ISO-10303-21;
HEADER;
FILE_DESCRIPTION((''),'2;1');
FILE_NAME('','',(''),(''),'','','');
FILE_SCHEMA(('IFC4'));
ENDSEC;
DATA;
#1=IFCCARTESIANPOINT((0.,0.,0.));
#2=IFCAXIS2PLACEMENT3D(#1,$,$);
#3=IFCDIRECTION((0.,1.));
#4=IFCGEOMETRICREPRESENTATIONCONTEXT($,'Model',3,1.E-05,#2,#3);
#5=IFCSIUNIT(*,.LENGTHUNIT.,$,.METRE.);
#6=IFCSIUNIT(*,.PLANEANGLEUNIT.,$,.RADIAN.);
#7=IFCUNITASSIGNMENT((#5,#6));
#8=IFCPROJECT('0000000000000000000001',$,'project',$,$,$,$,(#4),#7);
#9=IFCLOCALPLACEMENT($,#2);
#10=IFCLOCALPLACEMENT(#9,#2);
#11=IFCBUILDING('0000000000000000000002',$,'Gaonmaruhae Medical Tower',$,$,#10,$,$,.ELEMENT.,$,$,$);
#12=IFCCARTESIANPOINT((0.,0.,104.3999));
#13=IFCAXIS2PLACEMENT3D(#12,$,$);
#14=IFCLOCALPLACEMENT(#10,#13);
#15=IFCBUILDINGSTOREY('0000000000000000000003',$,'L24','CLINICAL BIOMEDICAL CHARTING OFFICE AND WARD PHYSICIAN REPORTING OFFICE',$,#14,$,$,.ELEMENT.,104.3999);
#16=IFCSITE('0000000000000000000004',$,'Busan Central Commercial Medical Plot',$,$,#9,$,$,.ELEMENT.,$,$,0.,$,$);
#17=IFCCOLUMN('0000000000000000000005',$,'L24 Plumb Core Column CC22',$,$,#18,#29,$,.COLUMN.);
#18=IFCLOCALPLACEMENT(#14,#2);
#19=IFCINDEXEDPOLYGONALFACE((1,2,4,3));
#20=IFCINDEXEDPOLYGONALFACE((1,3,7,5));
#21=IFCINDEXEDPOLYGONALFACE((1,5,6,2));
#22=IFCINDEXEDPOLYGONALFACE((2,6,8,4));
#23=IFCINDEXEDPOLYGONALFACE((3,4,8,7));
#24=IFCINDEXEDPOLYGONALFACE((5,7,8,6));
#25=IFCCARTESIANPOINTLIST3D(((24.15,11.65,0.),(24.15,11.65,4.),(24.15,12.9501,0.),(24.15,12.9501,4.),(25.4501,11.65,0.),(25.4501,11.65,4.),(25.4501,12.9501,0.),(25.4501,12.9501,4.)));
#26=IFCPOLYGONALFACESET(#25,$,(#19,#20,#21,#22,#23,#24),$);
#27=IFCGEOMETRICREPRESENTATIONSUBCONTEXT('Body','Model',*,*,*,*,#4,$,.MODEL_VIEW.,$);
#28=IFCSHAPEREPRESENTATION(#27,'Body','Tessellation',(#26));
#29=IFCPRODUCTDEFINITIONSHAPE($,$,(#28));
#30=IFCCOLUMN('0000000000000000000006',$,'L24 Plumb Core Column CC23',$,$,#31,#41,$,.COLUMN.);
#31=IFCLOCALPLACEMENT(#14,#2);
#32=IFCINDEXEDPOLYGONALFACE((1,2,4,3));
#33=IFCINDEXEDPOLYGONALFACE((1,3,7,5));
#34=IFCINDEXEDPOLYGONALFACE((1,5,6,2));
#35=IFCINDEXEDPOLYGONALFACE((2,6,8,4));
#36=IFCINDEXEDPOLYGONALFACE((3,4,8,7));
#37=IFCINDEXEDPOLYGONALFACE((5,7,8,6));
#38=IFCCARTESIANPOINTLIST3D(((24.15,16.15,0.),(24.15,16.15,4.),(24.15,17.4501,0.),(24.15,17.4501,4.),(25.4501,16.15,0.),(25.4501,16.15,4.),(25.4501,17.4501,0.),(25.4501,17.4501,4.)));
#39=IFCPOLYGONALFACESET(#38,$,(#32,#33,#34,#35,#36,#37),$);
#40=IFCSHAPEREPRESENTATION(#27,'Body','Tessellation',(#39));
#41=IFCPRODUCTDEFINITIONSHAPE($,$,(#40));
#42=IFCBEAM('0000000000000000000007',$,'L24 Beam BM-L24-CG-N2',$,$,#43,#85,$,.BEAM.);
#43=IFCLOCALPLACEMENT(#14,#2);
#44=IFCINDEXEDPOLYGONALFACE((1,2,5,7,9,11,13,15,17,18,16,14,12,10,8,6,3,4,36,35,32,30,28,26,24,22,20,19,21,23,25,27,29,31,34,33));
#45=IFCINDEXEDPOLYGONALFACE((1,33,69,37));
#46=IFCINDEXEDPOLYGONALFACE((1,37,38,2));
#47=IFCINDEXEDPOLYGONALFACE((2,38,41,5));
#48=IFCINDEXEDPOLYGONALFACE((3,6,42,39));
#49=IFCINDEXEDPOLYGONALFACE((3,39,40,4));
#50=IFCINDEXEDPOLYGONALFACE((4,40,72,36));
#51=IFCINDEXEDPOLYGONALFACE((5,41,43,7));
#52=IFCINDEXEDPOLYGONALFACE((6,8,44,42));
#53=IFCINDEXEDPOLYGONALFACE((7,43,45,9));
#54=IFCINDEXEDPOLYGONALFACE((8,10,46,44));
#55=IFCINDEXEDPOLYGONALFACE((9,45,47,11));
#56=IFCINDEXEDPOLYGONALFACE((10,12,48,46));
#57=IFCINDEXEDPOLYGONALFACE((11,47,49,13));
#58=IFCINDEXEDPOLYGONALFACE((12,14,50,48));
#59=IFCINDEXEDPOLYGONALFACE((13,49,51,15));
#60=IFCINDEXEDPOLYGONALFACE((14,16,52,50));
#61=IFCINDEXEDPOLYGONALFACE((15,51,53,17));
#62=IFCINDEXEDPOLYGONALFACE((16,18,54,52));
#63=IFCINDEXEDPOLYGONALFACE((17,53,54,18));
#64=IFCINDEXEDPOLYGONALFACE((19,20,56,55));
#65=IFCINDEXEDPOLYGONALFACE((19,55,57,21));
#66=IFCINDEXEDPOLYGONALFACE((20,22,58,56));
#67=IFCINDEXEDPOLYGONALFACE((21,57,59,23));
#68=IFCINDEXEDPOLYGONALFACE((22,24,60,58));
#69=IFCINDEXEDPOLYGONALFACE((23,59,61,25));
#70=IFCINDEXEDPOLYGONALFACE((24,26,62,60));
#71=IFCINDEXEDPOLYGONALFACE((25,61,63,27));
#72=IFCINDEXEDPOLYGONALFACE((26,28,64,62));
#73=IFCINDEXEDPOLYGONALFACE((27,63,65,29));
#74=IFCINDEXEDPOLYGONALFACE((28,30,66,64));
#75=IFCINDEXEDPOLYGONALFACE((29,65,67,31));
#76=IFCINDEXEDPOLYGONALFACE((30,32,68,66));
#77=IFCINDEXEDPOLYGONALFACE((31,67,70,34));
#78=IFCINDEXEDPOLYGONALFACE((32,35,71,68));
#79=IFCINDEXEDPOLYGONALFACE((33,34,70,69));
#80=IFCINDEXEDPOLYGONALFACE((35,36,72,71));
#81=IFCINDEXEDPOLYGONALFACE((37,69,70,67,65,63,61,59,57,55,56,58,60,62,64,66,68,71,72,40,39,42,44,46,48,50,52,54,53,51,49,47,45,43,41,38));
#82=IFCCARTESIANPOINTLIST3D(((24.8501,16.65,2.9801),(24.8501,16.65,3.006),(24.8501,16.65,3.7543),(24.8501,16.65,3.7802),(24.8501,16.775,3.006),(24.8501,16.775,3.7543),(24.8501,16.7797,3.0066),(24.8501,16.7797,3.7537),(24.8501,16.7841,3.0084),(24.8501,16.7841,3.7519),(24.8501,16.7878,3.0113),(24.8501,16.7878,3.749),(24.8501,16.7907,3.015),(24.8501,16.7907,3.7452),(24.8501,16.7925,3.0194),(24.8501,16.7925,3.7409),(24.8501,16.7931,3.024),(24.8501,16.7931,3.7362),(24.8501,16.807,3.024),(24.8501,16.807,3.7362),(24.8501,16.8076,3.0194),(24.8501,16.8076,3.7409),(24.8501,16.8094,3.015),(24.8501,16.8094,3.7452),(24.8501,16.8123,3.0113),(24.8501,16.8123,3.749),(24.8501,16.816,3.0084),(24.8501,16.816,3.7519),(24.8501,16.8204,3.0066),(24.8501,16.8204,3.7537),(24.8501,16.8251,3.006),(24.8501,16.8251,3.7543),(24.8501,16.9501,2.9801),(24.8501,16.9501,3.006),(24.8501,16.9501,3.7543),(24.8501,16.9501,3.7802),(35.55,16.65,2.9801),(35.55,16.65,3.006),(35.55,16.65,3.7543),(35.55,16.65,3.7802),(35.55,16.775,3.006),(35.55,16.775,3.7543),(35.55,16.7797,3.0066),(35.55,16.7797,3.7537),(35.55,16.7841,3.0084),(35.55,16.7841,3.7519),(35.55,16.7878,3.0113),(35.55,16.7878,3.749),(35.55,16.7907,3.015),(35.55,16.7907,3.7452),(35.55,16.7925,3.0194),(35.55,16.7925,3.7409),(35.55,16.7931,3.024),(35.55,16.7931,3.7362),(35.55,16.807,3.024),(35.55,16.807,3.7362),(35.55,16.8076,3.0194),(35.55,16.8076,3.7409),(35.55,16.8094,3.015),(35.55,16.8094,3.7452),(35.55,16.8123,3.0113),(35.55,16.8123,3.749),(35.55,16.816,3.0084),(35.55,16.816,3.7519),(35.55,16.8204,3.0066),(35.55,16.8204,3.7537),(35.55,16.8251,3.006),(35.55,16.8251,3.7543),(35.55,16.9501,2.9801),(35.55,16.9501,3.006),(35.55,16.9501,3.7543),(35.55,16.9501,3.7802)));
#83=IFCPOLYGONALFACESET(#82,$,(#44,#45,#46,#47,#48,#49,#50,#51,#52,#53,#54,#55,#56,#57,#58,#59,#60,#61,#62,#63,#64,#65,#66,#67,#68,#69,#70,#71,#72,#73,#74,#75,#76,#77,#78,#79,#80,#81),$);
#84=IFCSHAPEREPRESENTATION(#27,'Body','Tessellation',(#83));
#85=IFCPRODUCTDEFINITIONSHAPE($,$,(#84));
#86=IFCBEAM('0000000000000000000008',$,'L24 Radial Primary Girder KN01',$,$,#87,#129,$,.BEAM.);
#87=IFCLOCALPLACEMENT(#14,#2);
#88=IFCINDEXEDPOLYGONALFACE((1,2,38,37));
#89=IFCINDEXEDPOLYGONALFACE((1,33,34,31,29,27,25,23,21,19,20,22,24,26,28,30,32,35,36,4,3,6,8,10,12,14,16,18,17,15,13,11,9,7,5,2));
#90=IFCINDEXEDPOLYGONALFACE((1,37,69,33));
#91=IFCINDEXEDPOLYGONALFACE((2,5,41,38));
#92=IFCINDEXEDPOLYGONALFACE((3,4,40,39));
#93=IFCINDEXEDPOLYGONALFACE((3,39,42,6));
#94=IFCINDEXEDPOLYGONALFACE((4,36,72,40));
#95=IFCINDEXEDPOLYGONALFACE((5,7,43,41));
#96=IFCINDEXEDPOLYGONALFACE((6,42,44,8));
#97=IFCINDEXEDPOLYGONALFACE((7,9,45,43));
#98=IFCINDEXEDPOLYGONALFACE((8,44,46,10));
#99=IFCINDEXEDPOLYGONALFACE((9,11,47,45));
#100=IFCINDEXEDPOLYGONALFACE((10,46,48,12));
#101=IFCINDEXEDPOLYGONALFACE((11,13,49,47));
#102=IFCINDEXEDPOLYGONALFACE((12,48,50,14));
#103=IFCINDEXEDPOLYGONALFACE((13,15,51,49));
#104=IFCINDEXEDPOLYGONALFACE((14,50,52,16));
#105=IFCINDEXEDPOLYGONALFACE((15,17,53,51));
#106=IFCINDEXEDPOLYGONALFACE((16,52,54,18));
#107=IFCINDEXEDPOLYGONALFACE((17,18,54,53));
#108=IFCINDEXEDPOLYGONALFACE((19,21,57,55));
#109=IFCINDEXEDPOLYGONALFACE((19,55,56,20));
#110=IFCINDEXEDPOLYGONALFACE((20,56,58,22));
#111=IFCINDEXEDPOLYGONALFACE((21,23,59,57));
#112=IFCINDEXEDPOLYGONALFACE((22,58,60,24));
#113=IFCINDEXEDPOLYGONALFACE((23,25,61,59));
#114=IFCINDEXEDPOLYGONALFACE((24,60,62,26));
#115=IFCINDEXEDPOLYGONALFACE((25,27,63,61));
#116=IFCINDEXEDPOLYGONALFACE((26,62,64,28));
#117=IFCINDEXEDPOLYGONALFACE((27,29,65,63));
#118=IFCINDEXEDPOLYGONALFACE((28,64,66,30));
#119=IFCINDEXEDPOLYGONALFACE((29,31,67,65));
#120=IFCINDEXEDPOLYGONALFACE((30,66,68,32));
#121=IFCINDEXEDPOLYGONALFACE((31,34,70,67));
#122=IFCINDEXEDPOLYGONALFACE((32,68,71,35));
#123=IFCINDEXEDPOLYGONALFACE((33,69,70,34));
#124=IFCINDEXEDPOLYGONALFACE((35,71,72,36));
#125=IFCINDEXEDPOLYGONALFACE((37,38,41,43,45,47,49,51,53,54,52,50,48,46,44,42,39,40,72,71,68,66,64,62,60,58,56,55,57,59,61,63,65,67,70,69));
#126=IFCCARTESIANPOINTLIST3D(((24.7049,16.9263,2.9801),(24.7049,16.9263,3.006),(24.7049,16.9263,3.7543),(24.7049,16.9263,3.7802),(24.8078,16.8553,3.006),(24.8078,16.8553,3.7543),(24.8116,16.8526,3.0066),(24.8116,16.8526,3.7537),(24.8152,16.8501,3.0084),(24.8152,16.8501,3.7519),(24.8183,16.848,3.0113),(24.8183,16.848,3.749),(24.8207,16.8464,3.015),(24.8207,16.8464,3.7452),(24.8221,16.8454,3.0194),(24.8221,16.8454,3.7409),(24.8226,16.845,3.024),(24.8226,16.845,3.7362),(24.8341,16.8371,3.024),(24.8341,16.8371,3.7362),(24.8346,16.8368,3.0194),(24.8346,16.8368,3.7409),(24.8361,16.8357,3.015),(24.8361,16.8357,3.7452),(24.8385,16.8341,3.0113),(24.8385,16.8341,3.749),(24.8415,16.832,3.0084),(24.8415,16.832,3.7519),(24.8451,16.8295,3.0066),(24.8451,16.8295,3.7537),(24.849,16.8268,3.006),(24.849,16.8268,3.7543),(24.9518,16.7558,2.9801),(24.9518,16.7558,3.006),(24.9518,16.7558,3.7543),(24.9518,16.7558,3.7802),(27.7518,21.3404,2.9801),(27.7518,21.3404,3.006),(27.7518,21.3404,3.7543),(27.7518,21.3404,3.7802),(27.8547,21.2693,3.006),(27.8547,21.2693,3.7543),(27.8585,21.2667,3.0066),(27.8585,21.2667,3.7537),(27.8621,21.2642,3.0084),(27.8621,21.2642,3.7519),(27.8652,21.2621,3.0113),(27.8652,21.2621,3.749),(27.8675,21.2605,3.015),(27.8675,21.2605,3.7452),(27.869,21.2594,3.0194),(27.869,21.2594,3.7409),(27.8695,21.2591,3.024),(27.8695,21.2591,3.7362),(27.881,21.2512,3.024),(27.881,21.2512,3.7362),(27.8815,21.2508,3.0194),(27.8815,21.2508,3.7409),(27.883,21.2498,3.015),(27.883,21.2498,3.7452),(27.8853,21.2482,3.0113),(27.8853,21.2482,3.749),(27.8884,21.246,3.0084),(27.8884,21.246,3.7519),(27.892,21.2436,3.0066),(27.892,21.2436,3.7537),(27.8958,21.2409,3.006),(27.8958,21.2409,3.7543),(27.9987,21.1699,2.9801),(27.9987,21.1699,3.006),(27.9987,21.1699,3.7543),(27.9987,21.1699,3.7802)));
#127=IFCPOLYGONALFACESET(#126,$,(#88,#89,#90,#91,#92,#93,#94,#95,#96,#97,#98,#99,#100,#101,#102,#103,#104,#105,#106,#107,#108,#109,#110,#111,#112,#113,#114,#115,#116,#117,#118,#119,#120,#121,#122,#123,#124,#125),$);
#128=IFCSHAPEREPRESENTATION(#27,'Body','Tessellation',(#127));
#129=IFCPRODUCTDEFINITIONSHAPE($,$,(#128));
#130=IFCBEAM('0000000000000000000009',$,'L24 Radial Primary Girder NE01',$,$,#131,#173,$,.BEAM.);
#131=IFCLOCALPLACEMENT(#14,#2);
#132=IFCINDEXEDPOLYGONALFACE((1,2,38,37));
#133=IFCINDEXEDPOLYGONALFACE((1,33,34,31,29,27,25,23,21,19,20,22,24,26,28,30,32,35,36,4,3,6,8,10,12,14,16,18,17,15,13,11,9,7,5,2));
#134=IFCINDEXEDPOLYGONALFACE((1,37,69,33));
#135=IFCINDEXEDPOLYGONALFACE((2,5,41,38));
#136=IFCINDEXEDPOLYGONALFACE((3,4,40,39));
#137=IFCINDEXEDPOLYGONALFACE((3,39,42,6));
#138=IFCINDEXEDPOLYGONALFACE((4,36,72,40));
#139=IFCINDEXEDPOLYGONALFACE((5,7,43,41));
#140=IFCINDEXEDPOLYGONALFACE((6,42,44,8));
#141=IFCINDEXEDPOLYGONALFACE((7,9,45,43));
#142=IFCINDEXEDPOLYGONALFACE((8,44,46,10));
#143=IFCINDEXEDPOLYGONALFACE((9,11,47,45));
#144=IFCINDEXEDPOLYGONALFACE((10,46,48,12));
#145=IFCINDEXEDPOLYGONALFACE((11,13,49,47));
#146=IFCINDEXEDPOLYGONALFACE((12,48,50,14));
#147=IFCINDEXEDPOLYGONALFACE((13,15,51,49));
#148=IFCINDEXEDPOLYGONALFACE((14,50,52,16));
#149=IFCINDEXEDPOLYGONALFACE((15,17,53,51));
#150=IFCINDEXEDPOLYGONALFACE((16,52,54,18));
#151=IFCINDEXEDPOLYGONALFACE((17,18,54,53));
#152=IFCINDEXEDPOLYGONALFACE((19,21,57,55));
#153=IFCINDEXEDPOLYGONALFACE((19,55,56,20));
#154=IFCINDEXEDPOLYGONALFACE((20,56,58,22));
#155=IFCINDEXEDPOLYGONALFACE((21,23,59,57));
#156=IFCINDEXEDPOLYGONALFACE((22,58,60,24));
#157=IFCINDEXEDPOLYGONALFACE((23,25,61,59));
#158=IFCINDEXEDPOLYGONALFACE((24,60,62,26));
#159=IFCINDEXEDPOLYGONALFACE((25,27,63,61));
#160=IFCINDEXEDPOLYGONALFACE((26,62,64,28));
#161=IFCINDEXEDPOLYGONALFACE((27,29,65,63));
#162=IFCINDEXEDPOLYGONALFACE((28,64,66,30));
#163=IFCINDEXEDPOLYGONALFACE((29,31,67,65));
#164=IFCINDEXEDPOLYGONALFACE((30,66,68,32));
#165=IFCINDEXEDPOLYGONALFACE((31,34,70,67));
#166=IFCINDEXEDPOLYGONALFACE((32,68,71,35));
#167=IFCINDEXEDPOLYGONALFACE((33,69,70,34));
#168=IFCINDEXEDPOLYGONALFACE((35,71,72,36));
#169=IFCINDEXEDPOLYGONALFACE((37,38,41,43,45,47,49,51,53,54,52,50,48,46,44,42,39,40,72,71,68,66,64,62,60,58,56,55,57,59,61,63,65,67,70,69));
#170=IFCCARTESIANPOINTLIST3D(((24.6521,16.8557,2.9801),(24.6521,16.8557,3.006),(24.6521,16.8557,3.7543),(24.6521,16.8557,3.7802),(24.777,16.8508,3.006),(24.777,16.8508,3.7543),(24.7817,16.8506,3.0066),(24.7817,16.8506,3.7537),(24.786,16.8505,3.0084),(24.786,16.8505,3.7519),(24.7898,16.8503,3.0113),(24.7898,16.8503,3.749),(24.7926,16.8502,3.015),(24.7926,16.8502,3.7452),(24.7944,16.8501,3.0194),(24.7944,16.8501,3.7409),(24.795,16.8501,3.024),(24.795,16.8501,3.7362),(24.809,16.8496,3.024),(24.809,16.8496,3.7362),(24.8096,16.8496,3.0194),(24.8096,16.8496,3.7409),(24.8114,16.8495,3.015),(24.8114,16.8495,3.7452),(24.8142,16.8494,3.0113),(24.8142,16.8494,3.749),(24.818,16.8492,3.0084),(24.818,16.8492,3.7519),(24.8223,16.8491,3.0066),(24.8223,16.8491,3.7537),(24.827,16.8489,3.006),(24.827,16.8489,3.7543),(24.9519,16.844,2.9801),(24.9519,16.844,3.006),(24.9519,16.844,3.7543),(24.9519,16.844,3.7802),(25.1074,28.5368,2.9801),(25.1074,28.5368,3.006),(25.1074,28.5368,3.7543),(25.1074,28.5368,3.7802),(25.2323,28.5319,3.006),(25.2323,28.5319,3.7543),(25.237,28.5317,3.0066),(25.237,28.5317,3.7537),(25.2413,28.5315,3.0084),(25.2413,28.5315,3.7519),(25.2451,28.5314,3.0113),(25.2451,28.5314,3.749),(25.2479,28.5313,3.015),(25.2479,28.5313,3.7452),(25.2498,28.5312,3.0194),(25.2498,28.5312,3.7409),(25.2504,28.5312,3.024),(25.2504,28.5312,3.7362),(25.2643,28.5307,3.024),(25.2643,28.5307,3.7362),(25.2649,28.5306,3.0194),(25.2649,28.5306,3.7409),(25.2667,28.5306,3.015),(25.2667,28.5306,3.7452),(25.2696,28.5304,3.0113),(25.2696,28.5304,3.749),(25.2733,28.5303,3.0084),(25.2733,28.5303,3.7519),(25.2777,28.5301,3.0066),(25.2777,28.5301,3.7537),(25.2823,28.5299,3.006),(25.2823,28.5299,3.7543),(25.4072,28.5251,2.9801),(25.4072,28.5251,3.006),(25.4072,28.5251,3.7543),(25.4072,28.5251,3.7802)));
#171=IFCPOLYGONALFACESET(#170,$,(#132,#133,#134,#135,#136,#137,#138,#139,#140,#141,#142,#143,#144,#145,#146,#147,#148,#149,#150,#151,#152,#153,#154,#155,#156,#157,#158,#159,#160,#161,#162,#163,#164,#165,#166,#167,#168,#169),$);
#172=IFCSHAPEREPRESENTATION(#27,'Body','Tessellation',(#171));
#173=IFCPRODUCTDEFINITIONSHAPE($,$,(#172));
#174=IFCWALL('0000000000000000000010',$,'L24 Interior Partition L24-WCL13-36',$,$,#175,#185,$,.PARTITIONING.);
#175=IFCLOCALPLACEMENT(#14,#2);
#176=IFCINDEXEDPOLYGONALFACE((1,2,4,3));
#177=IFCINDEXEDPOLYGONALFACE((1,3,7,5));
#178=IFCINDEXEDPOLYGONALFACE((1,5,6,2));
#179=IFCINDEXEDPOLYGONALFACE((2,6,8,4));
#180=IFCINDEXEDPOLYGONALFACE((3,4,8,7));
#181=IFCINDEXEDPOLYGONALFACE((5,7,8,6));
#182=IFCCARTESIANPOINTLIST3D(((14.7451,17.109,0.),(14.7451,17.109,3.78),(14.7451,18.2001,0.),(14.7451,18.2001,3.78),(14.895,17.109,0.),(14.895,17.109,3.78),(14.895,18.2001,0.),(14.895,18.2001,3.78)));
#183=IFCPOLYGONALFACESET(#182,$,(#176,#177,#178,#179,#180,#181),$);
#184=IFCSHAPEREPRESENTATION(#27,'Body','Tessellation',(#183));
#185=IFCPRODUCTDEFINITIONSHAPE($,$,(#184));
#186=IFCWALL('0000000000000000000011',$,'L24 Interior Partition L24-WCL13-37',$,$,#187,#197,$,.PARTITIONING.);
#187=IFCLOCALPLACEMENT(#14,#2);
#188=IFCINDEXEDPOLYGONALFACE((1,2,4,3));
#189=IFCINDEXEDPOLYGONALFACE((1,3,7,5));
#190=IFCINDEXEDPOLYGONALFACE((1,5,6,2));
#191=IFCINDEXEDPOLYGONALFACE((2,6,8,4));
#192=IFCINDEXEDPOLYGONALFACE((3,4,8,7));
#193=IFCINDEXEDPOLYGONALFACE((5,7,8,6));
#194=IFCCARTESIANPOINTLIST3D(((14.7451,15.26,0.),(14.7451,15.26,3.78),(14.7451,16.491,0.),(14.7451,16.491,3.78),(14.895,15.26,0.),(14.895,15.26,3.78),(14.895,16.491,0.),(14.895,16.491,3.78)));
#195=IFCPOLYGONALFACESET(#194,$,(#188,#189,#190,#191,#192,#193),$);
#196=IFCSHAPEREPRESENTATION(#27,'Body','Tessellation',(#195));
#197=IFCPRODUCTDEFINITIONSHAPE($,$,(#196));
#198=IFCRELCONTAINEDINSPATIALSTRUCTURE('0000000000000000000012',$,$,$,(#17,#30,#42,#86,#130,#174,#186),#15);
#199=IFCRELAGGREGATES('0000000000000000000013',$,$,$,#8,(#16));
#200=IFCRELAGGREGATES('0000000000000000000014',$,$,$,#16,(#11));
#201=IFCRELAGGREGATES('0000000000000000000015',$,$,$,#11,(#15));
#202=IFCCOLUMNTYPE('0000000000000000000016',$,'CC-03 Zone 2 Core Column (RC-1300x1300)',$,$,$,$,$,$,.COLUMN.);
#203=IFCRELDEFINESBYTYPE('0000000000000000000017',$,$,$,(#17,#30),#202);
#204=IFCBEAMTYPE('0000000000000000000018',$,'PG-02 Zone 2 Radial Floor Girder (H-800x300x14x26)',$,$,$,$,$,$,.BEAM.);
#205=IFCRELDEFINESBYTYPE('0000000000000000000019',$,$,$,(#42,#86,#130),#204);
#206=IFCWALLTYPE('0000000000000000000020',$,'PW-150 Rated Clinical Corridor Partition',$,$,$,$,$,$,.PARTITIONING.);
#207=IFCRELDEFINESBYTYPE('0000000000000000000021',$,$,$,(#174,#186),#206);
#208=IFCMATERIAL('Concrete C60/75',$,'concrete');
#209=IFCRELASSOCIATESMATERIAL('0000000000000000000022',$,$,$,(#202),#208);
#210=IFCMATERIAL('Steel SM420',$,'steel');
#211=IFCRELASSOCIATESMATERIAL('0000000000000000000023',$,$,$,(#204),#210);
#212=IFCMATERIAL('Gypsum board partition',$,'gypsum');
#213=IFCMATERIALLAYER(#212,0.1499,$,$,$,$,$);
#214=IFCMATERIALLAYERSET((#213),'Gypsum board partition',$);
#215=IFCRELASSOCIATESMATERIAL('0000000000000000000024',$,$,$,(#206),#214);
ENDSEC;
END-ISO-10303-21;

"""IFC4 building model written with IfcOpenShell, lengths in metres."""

from ifc_helpers import new_model, si_unit, direction, frame, frame_2d, origin, origin_2d, place, context, subcontext, project, spatial, rectangle, i_section, extrude, material, layer, layer_set, material_profile, profile_set, type_object, element, save


model = new_model("IFC4")

# Units and contexts
model_context = context("Model", 3, precision=1e-05, world=origin(), true_north=direction((0.0, 1.0)))
body_context = subcontext(model_context, "Body", "Model", "MODEL_VIEW")
ifc_project = project(units=[si_unit("LENGTHUNIT", "METRE"), si_unit("PLANEANGLEUNIT", "RADIAN")], contexts=[model_context])

# Site, building, storey
site_placement = place(None, origin())
site = spatial("IfcSite", under=ifc_project, at=site_placement, Name="Busan Central Commercial Medical Plot", CompositionType="ELEMENT", RefElevation=0.0)
building_placement = place(site_placement, origin())
building = spatial("IfcBuilding", under=site, at=building_placement, Name="Gaonmaruhae Medical Tower", CompositionType="ELEMENT")
storey_placement = place(building_placement, frame((0.0, 0.0, 104.3999)))
storey = spatial("IfcBuildingStorey", under=building, at=storey_placement, Name="L24", Description="CLINICAL BIOMEDICAL CHARTING OFFICE AND WARD PHYSICIAN REPORTING OFFICE", CompositionType="ELEMENT", Elevation=104.3999)

# Columns
ifc_material_1 = material(Name="Concrete C60/75", Category="concrete")
ifc_material_profile_1 = material_profile(ifc_material_1, rectangle(XDim=1.3, YDim=1.3, at=origin_2d()), Name="RC-1300x1300")
ifc_profile_set_1 = profile_set([ifc_material_profile_1], Name="Concrete C60/75")
column_type = type_object("IfcColumnType", Name="CC-03 Zone 2 Core Column (RC-1300x1300)", PredefinedType="COLUMN", material=ifc_profile_set_1)
for number, where, z_axis, x_axis, name in (
    (1, (24.8, 12.3, 0.0), (0.0, 0.0, 1.0), (1.0, 0.0, 0.0), "L24 Plumb Core Column CC22"),
    (2, (24.8, 16.8, 0.0), (0.0, 0.0, 1.0), (1.0, 0.0, 0.0), "L24 Plumb Core Column CC23"),
):
    element("IfcColumn", number, at=place(storey_placement, frame(where, z_axis=z_axis, x_axis=x_axis)), inside=storey, type_object=column_type, Name=name, PredefinedType="COLUMN", context=body_context, shape_type="SweptSolid", body=[
        extrude(rectangle(XDim=1.3, YDim=1.3, at=origin_2d()), origin(), (0.0, 0.0, 1.0), 4.0),
    ])

# Beams
ifc_material_2 = material(Name="Steel SM420", Category="steel")
ifc_material_profile_2 = material_profile(ifc_material_2, i_section(OverallWidth=0.3, OverallDepth=0.8, WebThickness=0.0139, FlangeThickness=0.0259, FilletRadius=0.0181, at=origin_2d()), Name="H-800x300x14x26")
ifc_profile_set_2 = profile_set([ifc_material_profile_2], Name="Steel SM420")
beam_type = type_object("IfcBeamType", Name="PG-02 Zone 2 Radial Floor Girder (H-800x300x14x26)", PredefinedType="BEAM", material=ifc_profile_set_2)
beam_1_placement = place(storey_placement, frame((24.8501, 16.8, 3.3801), z_axis=(1.0, 0.0, 0.0), x_axis=(0.0, 1.0, 0.0)))
element("IfcBeam", 3, at=beam_1_placement, inside=storey, type_object=beam_type, Name="L24 Beam BM-L24-CG-N2", PredefinedType="BEAM", context=body_context, shape_type="SweptSolid", body=[
    extrude(i_section(OverallWidth=0.3, OverallDepth=0.8, WebThickness=0.0139, FlangeThickness=0.0259, FilletRadius=0.0181, at=origin_2d()), origin(), (0.0, 0.0, 1.0), 10.7),
])
beam_2_placement = place(storey_placement, frame((24.8284, 16.8411, 3.3801), z_axis=(0.568073, 0.822978, 0.0), x_axis=(-0.822978, 0.568073, 0.0)))
element("IfcBeam", 4, at=beam_2_placement, inside=storey, type_object=beam_type, Name="L24 Radial Primary Girder KN01", PredefinedType="BEAM", context=body_context, shape_type="SweptSolid", body=[
    extrude(i_section(OverallWidth=0.3, OverallDepth=0.8, WebThickness=0.0139, FlangeThickness=0.0259, FilletRadius=0.0181, at=origin_2d()), origin(), (0.0, 0.0, 1.0), 5.3635),
])
beam_3_placement = place(storey_placement, frame((24.802, 16.8499, 3.3801), z_axis=(0.03895, 0.999241, 0.0), x_axis=(-0.999241, 0.03895, 0.0)))
element("IfcBeam", 5, at=beam_3_placement, inside=storey, type_object=beam_type, Name="L24 Radial Primary Girder NE01", PredefinedType="BEAM", context=body_context, shape_type="SweptSolid", body=[
    extrude(i_section(OverallWidth=0.3, OverallDepth=0.8, WebThickness=0.0139, FlangeThickness=0.0259, FilletRadius=0.0181, at=origin_2d()), origin(), (0.0, 0.0, 1.0), 11.6899),
])

# Walls
ifc_material_3 = material(Name="Gypsum board partition", Category="gypsum")
ifc_layer_1 = layer(ifc_material_3, 0.1499)
ifc_layer_set_1 = layer_set([ifc_layer_1], Name="Gypsum board partition")
wall_type_1 = type_object("IfcWallType", Name="PW-150 Rated Clinical Corridor Partition", PredefinedType="PARTITIONING", material=ifc_layer_set_1)
wall_1_placement = place(storey_placement, frame((14.8201, 18.2, 0.0), z_axis=(0.0, 0.0, 1.0), x_axis=(0.0, -1.0, 0.0)))
element("IfcWall", 6, at=wall_1_placement, inside=storey, type_object=wall_type_1, Name="L24 Interior Partition L24-WCL13-36", PredefinedType="PARTITIONING", context=body_context, shape_type="SweptSolid", body=[
    extrude(rectangle(XDim=1.0911, YDim=0.1499, at=frame_2d((0.5454, 0.0))), origin(), (0.0, 0.0, 1.0), 3.78),
])
wall_2_placement = place(storey_placement, frame((14.8201, 16.491, 0.0), z_axis=(0.0, 0.0, 1.0), x_axis=(0.0, -1.0, 0.0)))
element("IfcWall", 7, at=wall_2_placement, inside=storey, type_object=wall_type_1, Name="L24 Interior Partition L24-WCL13-37", PredefinedType="PARTITIONING", context=body_context, shape_type="SweptSolid", body=[
    extrude(rectangle(XDim=1.231, YDim=0.1499, at=frame_2d((0.6155, 0.0))), origin(), (0.0, 0.0, 1.0), 3.78),
])

save(model, "model.ifc")
